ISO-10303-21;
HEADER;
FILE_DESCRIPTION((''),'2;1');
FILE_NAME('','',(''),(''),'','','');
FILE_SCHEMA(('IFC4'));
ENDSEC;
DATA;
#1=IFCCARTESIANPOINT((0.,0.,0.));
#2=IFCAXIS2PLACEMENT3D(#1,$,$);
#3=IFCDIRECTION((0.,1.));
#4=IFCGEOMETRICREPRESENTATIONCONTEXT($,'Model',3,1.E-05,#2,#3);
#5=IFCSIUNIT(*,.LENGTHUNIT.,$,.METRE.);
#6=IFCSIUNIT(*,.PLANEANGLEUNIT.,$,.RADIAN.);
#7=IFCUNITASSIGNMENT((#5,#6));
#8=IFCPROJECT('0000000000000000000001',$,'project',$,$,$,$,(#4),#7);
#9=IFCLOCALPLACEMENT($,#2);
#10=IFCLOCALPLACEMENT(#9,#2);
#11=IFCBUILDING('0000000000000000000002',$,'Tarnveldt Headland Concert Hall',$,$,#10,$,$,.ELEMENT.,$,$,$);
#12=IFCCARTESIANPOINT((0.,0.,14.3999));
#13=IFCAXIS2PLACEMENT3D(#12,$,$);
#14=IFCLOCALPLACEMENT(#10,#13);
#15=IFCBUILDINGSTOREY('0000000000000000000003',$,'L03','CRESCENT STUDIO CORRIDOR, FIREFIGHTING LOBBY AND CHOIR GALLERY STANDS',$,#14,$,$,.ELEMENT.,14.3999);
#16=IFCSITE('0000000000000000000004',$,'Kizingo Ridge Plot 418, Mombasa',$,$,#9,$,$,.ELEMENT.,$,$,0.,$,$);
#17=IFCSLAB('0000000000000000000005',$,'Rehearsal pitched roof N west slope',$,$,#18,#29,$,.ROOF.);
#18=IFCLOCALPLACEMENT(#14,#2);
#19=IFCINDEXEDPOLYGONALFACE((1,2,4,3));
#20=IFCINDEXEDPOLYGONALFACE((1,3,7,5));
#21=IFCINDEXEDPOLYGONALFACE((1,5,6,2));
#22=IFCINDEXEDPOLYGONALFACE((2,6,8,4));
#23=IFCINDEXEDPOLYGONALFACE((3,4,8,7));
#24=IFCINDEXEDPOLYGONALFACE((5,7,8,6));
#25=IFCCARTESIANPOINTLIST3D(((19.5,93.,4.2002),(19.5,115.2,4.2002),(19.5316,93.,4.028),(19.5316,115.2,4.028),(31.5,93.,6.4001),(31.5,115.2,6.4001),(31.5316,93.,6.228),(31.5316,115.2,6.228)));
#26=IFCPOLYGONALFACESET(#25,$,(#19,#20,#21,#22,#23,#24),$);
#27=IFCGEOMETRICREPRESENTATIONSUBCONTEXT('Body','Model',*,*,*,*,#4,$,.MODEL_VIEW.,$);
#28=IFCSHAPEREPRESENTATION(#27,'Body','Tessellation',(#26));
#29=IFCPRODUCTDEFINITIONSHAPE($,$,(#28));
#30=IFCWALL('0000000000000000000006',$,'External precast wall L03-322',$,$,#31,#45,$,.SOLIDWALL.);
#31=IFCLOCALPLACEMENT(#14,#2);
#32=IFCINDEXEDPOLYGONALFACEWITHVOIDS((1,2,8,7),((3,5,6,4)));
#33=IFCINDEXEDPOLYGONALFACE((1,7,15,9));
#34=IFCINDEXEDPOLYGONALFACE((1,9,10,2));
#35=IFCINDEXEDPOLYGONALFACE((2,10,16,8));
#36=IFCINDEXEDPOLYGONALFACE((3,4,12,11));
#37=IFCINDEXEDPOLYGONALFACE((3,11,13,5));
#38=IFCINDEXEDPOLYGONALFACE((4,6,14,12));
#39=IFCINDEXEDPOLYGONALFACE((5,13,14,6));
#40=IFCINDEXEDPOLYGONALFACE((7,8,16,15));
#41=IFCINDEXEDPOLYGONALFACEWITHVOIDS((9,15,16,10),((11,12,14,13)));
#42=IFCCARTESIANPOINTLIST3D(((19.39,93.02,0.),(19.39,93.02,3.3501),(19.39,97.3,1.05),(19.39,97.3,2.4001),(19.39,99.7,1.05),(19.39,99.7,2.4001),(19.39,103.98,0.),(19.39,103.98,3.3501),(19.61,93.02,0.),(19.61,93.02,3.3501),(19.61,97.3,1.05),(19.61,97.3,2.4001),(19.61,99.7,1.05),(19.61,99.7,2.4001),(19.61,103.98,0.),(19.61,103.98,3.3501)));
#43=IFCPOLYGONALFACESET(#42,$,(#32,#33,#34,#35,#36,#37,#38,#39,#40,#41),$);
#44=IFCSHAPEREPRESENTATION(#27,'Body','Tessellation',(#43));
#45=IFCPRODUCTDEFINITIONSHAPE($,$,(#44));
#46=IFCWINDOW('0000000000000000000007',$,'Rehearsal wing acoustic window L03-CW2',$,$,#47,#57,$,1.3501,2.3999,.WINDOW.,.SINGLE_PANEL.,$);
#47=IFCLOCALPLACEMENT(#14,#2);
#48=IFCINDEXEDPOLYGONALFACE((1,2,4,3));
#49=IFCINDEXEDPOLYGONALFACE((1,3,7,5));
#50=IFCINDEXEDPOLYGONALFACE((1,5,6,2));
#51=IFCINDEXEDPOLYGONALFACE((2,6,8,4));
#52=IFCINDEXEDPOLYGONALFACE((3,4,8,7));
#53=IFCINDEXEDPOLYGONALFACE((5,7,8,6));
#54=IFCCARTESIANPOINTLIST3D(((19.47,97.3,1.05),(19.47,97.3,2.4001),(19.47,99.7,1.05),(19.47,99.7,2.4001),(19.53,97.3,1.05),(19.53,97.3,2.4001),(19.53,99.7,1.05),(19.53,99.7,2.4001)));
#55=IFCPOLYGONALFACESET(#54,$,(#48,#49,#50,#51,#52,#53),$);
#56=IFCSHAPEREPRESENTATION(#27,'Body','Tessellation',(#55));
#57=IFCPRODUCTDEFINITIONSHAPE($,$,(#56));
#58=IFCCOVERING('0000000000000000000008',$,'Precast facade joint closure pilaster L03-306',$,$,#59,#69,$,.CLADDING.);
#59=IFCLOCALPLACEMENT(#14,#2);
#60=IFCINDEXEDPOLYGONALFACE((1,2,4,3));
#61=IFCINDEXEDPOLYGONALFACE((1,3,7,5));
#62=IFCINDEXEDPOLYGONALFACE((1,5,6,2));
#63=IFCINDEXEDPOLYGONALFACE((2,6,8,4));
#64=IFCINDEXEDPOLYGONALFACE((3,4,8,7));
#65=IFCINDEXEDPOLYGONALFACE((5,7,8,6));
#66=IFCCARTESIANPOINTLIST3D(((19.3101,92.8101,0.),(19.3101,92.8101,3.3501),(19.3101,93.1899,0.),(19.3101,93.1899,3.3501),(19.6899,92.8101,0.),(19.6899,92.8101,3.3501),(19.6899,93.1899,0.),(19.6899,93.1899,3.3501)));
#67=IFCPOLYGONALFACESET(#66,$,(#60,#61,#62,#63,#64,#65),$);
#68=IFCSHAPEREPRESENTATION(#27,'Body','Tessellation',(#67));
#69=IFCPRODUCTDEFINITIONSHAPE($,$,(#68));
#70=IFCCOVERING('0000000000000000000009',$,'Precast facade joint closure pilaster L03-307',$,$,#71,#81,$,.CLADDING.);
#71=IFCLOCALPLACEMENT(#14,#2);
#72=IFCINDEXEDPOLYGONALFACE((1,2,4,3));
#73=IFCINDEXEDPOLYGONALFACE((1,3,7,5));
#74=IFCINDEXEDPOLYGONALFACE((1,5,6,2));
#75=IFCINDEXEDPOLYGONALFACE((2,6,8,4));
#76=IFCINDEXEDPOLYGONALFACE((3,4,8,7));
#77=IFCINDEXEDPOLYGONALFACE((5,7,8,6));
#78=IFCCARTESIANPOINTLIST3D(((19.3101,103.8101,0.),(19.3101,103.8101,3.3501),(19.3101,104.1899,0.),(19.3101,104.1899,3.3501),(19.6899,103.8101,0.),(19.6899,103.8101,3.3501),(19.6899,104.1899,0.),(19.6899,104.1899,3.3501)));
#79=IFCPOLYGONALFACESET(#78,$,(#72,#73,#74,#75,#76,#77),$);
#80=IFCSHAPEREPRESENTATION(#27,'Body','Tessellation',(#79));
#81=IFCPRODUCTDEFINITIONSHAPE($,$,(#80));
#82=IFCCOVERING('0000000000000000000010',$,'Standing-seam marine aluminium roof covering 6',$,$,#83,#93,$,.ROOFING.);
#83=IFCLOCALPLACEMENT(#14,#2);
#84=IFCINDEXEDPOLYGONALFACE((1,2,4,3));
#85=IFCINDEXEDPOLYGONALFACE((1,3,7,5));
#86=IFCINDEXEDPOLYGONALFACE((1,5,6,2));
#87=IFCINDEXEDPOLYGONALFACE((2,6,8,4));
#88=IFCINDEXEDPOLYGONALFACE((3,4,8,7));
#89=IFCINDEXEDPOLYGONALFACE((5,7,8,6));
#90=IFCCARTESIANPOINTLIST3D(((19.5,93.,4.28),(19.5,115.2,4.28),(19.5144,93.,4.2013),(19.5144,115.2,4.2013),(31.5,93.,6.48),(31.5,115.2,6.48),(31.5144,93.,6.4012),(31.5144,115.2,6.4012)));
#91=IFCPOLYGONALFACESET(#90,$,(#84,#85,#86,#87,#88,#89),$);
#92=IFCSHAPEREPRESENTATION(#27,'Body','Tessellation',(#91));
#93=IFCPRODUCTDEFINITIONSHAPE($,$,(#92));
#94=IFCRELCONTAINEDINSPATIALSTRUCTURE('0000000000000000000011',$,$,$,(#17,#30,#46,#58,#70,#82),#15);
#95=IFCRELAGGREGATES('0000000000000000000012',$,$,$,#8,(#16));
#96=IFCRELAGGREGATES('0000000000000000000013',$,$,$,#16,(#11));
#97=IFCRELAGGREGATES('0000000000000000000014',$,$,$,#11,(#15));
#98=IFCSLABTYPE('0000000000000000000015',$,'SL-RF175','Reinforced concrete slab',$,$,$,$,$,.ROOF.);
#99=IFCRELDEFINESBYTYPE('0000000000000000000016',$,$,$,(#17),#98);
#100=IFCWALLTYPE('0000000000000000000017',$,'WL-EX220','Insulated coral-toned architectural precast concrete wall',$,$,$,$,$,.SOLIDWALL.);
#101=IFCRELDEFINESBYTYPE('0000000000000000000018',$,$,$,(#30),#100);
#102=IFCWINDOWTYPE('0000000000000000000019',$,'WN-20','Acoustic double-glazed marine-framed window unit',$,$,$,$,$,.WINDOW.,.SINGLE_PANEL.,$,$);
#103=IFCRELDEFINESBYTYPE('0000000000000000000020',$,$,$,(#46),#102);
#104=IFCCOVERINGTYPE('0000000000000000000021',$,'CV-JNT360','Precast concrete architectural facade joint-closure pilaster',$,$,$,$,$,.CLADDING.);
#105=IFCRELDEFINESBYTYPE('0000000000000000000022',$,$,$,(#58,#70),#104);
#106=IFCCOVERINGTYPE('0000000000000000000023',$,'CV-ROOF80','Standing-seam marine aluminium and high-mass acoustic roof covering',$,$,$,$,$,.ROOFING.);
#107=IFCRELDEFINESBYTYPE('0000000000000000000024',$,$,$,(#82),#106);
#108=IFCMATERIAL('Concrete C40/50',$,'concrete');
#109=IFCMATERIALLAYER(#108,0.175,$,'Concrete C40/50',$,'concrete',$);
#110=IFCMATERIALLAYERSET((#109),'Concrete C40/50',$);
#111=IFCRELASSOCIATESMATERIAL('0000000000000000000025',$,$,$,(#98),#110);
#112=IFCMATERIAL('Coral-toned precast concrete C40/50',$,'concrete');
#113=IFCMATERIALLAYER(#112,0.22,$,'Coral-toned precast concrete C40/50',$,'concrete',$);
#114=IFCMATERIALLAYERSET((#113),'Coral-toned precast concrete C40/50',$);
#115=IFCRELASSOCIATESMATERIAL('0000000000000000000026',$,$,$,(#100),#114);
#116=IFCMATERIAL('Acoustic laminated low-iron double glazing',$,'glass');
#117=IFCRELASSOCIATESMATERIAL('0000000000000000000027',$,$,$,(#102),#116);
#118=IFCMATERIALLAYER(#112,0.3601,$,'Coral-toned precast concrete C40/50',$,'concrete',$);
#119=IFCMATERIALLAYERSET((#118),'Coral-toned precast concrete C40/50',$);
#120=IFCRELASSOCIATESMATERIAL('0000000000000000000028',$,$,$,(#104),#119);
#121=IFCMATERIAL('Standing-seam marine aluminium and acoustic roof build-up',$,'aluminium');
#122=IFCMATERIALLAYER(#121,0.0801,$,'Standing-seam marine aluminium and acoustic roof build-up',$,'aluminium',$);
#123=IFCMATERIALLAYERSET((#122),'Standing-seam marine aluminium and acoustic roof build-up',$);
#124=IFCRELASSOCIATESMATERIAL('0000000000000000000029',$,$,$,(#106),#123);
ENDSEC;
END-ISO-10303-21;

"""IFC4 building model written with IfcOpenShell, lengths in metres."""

from ifc_helpers import new_model, si_unit, direction, frame, frame_2d, origin, origin_2d, place, context, subcontext, project, spatial, polyline, rectangle, outline, extrude, material, layer, layer_set, type_object, element, fill, save


model = new_model("IFC4")

# Units and contexts
model_context = context("Model", 3, precision=1e-05, world=origin(), true_north=direction((0.0, 1.0)))
body_context = subcontext(model_context, "Body", "Model", "MODEL_VIEW")
ifc_project = project(units=[si_unit("LENGTHUNIT", "METRE"), si_unit("PLANEANGLEUNIT", "RADIAN")], contexts=[model_context])

# Site, building, storey
site_placement = place(None, origin())
site = spatial("IfcSite", under=ifc_project, at=site_placement, Name="Kizingo Ridge Plot 418, Mombasa", CompositionType="ELEMENT", RefElevation=0.0)
building_placement = place(site_placement, origin())
building = spatial("IfcBuilding", under=site, at=building_placement, Name="Tarnveldt Headland Concert Hall", CompositionType="ELEMENT")
storey_placement = place(building_placement, frame((0.0, 0.0, 14.3999)))
storey = spatial("IfcBuildingStorey", under=building, at=storey_placement, Name="L03", Description="CRESCENT STUDIO CORRIDOR, FIREFIGHTING LOBBY AND CHOIR GALLERY STANDS", CompositionType="ELEMENT", Elevation=14.3999)

# Shared definitions
ifc_material_1 = material(Name="Acoustic laminated low-iron double glazing", Category="glass")

# Slab
ifc_material_2 = material(Name="Concrete C40/50", Category="concrete")
ifc_layer_1 = layer(ifc_material_2, 0.175, Name="Concrete C40/50", Category="concrete")
ifc_layer_set_1 = layer_set([ifc_layer_1], Name="Concrete C40/50")
slab_type = type_object("IfcSlabType", Name="SL-RF175", Description="Reinforced concrete slab", PredefinedType="ROOF", material=ifc_layer_set_1)
slab_placement = place(storey_placement, frame((19.5, 93.0, 4.2002), z_axis=(-0.180324, 0.0, 0.983607), x_axis=(0.983607, 0.0, 0.180324)))
element("IfcSlab", 1, at=slab_placement, inside=storey, type_object=slab_type, Name="Rehearsal pitched roof N west slope", PredefinedType="ROOF", context=body_context, shape_type="SweptSolid", body=[
    extrude(outline(polyline([(0.0, 0.0), (12.2, 0.0), (12.2, 22.2), (0.0, 22.2), (0.0, 0.0)])), origin(), (0.0, 0.0, -1.0), 0.175),
])

# Wall, opening, window
ifc_material_3 = material(Name="Coral-toned precast concrete C40/50", Category="concrete")
ifc_layer_2 = layer(ifc_material_3, 0.22, Name="Coral-toned precast concrete C40/50", Category="concrete")
ifc_layer_set_2 = layer_set([ifc_layer_2], Name="Coral-toned precast concrete C40/50")
wall_type = type_object("IfcWallType", Name="WL-EX220", Description="Insulated coral-toned architectural precast concrete wall", PredefinedType="SOLIDWALL", material=ifc_layer_set_2)
wall_placement = place(storey_placement, frame((19.5, 93.02, 0.0), z_axis=(0.0, 0.0, 1.0), x_axis=(0.0, 1.0, 0.0)))
wall = element("IfcWall", 2, at=wall_placement, inside=storey, type_object=wall_type, Name="External precast wall L03-322", PredefinedType="SOLIDWALL", context=body_context, shape_type="SweptSolid", body=[
    extrude(rectangle(XDim=10.96, YDim=0.22, at=frame_2d((5.48, 0.0))), origin(), (0.0, 0.0, 1.0), 3.3501),
])
opening_placement = place(wall_placement, frame((4.28, 0.0, 1.05)))
opening = element("IfcOpeningElement", 3, at=opening_placement, cuts=wall, PredefinedType="OPENING", context=body_context, shape_type="SweptSolid", body=[
    extrude(rectangle(XDim=2.3999, YDim=1.3501, at=frame_2d((1.2, 0.675))), frame((0.0, 0.1199, 0.0), z_axis=(0.0, -1.0, 0.0), x_axis=(1.0, 0.0, 0.0)), (0.0, 0.0, 1.0), 0.24),
])
window_type = type_object("IfcWindowType", Name="WN-20", Description="Acoustic double-glazed marine-framed window unit", PartitioningType="SINGLE_PANEL", PredefinedType="WINDOW", material=ifc_material_1)
window_placement = place(opening_placement, origin())
window = element("IfcWindow", 4, at=window_placement, inside=storey, type_object=window_type, Name="Rehearsal wing acoustic window L03-CW2", OverallHeight=1.3501, OverallWidth=2.3999, PartitioningType="SINGLE_PANEL", PredefinedType="WINDOW", context=body_context, shape_type="SweptSolid", body=[
    extrude(rectangle(XDim=2.3999, YDim=1.3501, at=frame_2d((1.2, 0.675))), frame((0.0, 0.03, 0.0), z_axis=(0.0, -1.0, 0.0), x_axis=(1.0, 0.0, 0.0)), (0.0, 0.0, 1.0), 0.0601),
])
fill(opening, window)

# Coverings
ifc_layer_3 = layer(ifc_material_3, 0.3601, Name="Coral-toned precast concrete C40/50", Category="concrete")
ifc_layer_set_3 = layer_set([ifc_layer_3], Name="Coral-toned precast concrete C40/50")
covering_type_1 = type_object("IfcCoveringType", Name="CV-JNT360", Description="Precast concrete architectural facade joint-closure pilaster", PredefinedType="CLADDING", material=ifc_layer_set_3)
for number, where, z_axis, x_axis, name in (
    (5, (19.5, 93.0, 0.0), (0.0, 0.0, 1.0), (0.0, 1.0, 0.0), "Precast facade joint closure pilaster L03-306"),
    (6, (19.5, 104.0, 0.0), (0.0, 0.0, 1.0), (0.0, 1.0, 0.0), "Precast facade joint closure pilaster L03-307"),
):
    element("IfcCovering", number, at=place(storey_placement, frame(where, z_axis=z_axis, x_axis=x_axis)), inside=storey, type_object=covering_type_1, Name=name, PredefinedType="CLADDING", context=body_context, shape_type="SweptSolid", body=[
        extrude(rectangle(XDim=0.3799, YDim=0.3799, at=origin_2d()), origin(), (0.0, 0.0, 1.0), 3.3501),
    ])
ifc_material_4 = material(Name="Standing-seam marine aluminium and acoustic roof build-up", Category="aluminium")
ifc_layer_4 = layer(ifc_material_4, 0.0801, Name="Standing-seam marine aluminium and acoustic roof build-up", Category="aluminium")
ifc_layer_set_4 = layer_set([ifc_layer_4], Name="Standing-seam marine aluminium and acoustic roof build-up")
covering_type_2 = type_object("IfcCoveringType", Name="CV-ROOF80", Description="Standing-seam marine aluminium and high-mass acoustic roof covering", PredefinedType="ROOFING", material=ifc_layer_set_4)
covering_placement = place(storey_placement, frame((19.5, 93.0, 4.28), z_axis=(-0.180324, 0.0, 0.983607), x_axis=(0.983607, 0.0, 0.180324)))
element("IfcCovering", 7, at=covering_placement, inside=storey, type_object=covering_type_2, Name="Standing-seam marine aluminium roof covering 6", PredefinedType="ROOFING", context=body_context, shape_type="SweptSolid", body=[
    extrude(outline(polyline([(0.0, 0.0), (12.2, 0.0), (12.2, 22.2), (0.0, 22.2), (0.0, 0.0)])), origin(), (0.0, 0.0, -1.0), 0.0801),
])

save(model, "model.ifc")
